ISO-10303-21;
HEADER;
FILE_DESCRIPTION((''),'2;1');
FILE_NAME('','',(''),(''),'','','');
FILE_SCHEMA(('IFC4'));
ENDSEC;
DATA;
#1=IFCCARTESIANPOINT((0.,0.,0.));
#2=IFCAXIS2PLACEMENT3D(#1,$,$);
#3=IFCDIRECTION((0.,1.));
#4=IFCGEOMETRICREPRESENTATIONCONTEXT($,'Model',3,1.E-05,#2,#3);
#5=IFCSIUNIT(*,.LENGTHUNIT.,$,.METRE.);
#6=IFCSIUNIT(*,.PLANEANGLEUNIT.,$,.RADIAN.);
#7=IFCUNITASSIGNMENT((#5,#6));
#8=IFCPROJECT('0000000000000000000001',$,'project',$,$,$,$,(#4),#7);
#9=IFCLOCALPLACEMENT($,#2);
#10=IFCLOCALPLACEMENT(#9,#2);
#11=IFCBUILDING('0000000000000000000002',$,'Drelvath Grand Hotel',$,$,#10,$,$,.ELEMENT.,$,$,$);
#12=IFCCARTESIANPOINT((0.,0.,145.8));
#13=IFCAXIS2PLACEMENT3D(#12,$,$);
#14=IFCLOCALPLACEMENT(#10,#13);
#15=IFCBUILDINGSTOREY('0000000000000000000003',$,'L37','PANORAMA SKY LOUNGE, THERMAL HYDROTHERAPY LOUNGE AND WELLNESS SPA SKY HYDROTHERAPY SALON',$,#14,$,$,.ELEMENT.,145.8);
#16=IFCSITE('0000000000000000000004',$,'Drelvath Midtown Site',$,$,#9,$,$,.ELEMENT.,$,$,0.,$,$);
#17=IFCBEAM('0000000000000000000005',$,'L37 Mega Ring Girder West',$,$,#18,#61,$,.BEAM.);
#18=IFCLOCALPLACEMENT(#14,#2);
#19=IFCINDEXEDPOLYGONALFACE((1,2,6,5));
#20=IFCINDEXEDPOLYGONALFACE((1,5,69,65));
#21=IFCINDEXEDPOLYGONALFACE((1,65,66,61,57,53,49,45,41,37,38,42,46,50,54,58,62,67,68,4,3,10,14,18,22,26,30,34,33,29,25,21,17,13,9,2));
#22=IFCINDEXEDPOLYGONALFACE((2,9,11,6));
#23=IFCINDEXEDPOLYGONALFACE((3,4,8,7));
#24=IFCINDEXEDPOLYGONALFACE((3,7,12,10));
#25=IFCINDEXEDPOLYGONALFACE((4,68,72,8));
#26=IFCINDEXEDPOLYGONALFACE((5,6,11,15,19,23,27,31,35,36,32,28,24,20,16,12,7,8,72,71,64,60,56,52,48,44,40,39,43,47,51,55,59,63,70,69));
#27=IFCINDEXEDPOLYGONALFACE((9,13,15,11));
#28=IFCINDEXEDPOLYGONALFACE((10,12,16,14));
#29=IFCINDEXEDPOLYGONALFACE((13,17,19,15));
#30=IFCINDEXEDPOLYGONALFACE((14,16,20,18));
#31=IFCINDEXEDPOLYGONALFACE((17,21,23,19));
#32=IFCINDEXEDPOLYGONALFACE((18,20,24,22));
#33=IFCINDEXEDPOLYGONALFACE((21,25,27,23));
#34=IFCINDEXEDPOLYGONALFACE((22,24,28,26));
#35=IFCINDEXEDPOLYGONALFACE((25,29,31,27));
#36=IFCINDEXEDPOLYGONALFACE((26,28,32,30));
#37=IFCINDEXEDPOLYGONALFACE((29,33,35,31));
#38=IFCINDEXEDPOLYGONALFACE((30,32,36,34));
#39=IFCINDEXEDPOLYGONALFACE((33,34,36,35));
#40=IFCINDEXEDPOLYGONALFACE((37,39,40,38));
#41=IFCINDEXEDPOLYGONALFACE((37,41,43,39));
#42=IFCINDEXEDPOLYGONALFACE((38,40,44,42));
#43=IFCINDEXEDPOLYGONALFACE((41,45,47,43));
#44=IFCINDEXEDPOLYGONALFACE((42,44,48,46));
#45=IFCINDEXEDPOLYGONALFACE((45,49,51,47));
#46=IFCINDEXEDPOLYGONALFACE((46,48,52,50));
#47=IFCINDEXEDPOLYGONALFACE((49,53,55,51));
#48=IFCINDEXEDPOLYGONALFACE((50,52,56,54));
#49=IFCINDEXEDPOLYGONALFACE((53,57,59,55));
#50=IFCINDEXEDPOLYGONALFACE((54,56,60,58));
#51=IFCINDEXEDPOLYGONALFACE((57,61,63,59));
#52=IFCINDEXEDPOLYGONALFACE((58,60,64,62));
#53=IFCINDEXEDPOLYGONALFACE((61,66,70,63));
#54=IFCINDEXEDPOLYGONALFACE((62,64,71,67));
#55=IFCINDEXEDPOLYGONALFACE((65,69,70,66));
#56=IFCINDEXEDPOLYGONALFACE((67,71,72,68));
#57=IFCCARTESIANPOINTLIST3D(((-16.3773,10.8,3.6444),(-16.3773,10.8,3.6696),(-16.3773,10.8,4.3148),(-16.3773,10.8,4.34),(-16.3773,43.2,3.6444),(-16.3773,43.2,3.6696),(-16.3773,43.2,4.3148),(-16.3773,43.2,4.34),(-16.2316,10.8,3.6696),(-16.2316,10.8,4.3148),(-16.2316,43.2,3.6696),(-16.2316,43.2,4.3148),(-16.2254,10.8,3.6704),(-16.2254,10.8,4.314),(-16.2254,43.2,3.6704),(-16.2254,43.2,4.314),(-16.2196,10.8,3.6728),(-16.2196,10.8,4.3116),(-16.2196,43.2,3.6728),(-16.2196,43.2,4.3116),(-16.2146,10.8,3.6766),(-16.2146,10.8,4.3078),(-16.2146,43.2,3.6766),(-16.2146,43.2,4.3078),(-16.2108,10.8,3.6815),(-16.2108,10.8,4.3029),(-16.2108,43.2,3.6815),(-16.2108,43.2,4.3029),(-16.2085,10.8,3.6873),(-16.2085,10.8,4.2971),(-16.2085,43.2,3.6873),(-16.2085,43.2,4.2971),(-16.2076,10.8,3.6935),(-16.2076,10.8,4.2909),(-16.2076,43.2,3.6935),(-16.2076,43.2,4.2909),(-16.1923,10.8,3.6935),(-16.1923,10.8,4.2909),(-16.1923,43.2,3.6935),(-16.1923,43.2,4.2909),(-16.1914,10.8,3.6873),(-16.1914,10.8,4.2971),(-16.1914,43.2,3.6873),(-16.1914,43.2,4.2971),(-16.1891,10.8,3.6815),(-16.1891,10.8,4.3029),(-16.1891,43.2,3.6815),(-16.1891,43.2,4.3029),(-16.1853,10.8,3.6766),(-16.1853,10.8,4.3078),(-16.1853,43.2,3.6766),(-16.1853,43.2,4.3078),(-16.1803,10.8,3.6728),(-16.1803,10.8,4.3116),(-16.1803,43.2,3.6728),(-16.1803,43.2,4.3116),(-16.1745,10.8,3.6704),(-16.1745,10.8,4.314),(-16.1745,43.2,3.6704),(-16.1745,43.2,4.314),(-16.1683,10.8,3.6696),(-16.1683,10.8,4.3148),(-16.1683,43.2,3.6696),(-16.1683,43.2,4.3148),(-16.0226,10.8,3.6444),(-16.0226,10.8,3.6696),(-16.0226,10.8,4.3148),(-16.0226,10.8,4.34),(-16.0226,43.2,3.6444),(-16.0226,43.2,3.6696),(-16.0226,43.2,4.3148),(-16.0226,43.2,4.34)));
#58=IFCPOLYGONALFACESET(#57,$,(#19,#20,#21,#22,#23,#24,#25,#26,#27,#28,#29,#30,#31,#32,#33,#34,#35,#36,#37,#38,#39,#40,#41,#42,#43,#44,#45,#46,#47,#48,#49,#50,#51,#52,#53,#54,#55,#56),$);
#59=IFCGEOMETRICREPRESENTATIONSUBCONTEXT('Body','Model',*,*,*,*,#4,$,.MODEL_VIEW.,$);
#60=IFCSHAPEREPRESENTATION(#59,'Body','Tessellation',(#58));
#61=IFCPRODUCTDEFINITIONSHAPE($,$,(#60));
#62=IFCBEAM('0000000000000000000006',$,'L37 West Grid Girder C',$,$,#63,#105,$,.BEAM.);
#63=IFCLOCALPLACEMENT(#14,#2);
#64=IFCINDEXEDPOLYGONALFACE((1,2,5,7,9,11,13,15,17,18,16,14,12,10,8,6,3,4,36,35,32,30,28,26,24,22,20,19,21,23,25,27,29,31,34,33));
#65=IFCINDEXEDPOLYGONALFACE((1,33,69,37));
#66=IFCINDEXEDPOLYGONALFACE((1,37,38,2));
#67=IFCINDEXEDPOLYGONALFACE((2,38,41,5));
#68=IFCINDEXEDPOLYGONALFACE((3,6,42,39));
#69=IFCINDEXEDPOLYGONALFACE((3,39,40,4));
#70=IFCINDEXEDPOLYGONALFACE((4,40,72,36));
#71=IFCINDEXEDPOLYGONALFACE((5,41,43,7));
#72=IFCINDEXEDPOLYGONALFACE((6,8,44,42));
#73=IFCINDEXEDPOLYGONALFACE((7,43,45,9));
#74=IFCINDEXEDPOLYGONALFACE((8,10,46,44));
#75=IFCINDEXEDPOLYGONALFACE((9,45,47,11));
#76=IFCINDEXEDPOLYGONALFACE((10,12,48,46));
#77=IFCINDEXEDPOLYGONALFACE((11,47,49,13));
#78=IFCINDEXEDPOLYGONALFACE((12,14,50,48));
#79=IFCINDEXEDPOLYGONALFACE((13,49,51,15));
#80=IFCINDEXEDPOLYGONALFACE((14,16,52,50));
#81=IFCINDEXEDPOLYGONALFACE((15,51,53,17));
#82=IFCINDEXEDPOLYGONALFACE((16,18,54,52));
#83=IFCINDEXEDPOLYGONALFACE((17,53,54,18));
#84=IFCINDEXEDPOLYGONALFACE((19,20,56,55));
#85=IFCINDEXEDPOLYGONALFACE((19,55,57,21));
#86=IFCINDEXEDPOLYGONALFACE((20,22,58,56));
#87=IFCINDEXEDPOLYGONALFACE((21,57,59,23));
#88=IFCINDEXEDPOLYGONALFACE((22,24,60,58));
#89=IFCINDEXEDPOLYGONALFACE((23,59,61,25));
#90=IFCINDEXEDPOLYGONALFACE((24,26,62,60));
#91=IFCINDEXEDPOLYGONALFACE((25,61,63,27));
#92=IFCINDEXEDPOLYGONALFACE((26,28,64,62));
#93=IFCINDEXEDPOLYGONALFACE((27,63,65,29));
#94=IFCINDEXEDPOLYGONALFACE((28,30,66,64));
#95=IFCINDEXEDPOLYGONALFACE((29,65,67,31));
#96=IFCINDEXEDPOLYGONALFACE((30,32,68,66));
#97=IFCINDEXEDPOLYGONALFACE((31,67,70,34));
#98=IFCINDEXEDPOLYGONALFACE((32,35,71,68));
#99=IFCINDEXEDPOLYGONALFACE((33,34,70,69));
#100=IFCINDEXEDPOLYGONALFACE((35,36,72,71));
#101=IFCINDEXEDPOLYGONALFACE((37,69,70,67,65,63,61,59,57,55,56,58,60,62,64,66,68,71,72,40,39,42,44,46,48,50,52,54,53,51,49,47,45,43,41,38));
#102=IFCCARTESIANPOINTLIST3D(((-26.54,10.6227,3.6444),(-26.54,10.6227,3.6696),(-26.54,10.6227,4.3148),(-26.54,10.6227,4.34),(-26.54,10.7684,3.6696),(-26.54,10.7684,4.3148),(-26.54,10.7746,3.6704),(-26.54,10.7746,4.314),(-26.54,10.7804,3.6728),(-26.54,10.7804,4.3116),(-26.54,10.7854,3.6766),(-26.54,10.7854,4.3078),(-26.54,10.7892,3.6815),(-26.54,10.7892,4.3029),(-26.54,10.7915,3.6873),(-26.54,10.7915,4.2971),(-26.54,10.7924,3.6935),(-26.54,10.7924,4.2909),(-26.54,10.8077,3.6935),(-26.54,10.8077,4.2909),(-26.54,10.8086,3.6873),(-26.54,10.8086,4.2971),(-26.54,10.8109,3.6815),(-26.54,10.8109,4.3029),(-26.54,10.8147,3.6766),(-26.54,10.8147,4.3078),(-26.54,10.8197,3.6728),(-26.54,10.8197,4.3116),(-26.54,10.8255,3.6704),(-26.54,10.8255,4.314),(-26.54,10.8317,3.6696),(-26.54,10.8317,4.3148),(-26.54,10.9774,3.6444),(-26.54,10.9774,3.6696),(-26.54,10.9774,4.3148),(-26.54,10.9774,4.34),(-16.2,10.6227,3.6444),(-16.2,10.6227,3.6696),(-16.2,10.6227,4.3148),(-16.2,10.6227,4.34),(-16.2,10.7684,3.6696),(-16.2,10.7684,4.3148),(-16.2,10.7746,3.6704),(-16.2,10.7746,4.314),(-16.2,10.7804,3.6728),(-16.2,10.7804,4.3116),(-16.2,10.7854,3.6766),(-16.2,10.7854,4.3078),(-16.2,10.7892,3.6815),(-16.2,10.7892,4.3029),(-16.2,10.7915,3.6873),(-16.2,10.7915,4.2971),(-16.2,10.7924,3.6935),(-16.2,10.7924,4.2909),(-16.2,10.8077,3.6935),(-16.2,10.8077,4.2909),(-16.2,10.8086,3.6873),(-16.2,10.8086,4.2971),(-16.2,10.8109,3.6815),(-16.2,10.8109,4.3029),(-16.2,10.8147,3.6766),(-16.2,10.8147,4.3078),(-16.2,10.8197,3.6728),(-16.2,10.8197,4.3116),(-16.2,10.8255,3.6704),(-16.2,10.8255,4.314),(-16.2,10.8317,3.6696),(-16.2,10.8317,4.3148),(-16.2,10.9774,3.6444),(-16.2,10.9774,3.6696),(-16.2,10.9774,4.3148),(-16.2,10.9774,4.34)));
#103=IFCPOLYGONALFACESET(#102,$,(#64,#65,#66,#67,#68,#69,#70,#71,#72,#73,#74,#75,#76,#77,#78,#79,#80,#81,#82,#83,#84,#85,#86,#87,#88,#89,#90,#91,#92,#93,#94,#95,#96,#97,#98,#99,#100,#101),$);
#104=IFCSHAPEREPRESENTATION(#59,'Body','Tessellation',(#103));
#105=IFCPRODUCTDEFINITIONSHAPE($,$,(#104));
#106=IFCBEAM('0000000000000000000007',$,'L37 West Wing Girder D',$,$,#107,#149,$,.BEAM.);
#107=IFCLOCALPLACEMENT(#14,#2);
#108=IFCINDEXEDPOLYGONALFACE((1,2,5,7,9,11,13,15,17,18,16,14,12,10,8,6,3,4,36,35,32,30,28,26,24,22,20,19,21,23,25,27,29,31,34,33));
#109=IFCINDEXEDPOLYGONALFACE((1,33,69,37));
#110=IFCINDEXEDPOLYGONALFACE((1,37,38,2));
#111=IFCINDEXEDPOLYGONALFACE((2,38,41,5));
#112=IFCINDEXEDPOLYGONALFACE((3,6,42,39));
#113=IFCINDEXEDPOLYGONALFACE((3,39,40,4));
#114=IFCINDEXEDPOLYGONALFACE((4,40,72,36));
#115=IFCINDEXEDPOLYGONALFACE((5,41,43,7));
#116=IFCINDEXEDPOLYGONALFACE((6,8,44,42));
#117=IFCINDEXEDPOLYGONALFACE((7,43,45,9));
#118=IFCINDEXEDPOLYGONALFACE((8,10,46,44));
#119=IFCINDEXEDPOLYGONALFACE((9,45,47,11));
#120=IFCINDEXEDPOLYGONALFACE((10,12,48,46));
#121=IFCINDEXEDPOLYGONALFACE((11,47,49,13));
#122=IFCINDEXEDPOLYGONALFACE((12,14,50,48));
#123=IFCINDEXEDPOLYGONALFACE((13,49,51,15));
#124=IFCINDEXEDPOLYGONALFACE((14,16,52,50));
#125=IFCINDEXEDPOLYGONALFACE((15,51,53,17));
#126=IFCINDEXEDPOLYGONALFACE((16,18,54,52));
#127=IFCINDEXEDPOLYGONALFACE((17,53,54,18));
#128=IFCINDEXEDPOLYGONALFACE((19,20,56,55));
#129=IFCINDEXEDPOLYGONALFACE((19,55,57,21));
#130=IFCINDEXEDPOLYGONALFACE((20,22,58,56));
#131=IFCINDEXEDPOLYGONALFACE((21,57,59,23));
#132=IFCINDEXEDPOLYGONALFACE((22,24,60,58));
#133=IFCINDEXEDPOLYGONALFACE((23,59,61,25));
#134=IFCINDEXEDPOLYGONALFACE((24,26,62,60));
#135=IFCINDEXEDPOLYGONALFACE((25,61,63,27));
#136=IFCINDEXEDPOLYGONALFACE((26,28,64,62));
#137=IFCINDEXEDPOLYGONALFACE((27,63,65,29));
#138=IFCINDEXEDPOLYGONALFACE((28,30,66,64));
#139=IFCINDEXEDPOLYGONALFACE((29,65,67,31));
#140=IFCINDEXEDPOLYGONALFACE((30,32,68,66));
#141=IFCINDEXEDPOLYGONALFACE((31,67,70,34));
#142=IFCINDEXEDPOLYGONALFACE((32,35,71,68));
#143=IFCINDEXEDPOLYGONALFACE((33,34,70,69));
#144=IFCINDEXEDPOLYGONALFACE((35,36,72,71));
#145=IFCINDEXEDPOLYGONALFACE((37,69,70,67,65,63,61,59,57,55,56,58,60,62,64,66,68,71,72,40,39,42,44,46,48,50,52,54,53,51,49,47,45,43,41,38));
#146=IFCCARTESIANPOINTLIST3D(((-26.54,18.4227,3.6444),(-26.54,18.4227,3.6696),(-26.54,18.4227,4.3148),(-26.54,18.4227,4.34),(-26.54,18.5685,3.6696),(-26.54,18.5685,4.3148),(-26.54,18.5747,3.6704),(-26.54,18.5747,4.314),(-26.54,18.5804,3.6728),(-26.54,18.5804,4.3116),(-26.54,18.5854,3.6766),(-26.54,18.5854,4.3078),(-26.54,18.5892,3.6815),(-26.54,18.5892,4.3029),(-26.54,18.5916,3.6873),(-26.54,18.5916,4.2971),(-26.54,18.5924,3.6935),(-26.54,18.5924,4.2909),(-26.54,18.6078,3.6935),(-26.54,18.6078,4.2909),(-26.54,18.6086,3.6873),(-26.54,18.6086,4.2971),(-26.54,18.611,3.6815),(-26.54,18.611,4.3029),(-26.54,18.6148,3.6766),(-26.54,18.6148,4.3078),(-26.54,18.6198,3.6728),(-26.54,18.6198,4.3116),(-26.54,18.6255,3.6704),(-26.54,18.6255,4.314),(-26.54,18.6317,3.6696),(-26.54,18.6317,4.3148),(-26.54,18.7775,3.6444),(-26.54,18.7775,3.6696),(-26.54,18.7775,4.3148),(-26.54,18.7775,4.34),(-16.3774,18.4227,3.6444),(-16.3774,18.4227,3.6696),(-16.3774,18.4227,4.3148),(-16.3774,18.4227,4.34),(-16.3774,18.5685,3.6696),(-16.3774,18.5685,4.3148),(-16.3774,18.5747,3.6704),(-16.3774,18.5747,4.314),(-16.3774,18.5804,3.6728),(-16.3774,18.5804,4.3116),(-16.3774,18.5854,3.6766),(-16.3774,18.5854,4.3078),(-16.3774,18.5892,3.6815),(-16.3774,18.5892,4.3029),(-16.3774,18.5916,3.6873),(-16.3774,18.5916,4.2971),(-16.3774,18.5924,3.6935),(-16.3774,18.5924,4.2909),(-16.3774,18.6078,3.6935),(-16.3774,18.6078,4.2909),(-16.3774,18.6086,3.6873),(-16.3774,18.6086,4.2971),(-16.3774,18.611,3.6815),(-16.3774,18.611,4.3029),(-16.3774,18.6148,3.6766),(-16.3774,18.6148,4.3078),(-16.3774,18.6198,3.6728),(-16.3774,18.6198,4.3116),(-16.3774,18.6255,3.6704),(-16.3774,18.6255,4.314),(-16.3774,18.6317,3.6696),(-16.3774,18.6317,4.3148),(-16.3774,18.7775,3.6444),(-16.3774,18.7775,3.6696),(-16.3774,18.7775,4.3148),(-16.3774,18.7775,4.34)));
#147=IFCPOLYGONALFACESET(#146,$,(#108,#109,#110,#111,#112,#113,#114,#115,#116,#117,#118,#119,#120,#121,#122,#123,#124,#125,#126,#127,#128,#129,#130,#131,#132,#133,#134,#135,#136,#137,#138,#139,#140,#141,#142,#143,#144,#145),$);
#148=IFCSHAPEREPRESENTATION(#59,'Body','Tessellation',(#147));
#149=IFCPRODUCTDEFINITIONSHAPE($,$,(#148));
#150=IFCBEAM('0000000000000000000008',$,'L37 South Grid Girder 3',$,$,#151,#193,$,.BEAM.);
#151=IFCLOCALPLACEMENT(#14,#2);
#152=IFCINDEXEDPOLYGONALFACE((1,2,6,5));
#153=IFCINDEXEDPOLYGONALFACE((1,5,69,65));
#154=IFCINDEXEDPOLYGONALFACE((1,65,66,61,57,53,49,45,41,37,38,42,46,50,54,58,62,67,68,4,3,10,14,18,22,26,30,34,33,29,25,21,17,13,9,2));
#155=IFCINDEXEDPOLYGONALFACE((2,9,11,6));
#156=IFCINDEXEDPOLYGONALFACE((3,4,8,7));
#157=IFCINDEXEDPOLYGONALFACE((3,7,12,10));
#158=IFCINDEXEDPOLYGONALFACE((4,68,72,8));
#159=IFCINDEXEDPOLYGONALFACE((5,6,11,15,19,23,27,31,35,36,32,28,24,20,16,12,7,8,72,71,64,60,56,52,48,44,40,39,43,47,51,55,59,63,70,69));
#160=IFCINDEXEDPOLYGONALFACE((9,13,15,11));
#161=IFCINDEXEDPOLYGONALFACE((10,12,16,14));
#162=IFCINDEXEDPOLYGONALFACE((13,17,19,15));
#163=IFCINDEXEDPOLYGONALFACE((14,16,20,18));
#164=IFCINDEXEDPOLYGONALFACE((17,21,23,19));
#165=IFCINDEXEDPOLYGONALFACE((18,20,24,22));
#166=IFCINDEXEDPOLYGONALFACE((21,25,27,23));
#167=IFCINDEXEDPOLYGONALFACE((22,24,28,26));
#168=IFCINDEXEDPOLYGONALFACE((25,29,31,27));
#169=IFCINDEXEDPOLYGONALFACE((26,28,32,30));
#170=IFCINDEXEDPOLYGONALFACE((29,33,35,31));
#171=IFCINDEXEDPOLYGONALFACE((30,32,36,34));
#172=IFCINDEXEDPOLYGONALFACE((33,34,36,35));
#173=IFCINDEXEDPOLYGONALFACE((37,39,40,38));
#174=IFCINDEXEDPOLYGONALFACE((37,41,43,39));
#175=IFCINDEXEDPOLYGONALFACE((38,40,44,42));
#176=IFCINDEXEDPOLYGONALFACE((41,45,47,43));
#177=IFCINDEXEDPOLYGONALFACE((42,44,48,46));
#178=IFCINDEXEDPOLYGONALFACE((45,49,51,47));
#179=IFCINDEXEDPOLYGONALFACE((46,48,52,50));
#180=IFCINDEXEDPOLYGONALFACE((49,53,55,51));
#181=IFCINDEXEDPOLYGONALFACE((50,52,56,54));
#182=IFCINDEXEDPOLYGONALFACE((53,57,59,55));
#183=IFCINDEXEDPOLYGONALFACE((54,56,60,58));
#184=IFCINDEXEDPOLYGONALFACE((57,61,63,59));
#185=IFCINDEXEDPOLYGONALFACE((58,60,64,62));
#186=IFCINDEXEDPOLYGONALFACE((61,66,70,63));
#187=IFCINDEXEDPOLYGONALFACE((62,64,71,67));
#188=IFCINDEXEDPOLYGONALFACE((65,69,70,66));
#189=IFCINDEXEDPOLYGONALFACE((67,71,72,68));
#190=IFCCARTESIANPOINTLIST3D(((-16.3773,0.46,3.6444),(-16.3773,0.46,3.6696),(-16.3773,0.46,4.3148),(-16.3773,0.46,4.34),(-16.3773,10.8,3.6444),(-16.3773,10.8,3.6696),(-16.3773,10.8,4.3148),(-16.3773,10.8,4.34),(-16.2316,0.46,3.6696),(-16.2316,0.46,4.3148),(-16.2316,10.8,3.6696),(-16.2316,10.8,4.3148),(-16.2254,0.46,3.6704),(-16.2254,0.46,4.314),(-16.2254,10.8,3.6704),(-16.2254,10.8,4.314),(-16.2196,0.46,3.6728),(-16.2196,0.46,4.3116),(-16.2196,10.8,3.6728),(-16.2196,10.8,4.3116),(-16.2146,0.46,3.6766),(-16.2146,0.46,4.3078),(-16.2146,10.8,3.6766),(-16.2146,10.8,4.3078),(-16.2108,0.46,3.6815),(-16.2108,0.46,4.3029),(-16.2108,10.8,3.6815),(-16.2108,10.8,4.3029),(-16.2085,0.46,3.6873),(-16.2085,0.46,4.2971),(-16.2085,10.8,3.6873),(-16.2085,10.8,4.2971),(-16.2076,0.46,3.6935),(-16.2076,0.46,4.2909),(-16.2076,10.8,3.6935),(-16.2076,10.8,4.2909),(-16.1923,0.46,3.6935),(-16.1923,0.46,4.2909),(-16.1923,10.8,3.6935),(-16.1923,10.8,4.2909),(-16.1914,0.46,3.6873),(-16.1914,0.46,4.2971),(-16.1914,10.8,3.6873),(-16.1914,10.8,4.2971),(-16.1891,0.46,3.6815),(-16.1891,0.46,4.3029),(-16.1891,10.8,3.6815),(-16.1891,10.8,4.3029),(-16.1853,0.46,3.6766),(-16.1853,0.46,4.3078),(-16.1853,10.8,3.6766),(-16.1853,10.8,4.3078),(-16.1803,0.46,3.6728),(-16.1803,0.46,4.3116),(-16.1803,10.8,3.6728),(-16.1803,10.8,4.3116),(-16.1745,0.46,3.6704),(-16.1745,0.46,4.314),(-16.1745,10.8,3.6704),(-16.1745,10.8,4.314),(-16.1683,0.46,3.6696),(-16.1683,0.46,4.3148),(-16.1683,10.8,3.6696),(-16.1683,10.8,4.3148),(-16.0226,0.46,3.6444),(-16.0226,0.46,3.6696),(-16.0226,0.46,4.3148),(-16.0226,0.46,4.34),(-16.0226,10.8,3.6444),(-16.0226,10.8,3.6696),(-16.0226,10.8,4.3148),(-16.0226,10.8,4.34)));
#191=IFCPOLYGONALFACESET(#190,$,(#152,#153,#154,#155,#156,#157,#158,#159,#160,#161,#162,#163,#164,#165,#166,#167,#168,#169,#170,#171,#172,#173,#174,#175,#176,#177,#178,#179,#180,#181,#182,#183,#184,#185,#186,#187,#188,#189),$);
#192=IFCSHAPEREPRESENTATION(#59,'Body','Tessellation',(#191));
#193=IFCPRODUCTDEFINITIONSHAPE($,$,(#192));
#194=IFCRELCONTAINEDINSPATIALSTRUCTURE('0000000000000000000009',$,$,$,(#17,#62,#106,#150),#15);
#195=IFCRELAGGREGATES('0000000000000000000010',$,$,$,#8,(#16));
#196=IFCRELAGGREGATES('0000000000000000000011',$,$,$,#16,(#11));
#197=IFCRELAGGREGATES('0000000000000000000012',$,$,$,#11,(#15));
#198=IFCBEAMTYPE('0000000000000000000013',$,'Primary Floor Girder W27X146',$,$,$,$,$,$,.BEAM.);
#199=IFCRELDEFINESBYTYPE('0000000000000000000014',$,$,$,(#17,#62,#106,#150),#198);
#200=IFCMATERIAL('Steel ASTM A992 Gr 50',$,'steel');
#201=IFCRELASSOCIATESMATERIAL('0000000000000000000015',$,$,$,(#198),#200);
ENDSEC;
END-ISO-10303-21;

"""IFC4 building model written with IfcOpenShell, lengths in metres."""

from ifc_helpers import new_model, si_unit, direction, frame, origin, origin_2d, place, context, subcontext, project, spatial, i_section, extrude, material, material_profile, profile_set, type_object, element, save


model = new_model("IFC4")

# Units and contexts
model_context = context("Model", 3, precision=1e-05, world=origin(), true_north=direction((0.0, 1.0)))
body_context = subcontext(model_context, "Body", "Model", "MODEL_VIEW")
ifc_project = project(units=[si_unit("LENGTHUNIT", "METRE"), si_unit("PLANEANGLEUNIT", "RADIAN")], contexts=[model_context])

# Site, building, storey
site_placement = place(None, origin())
site = spatial("IfcSite", under=ifc_project, at=site_placement, Name="Drelvath Midtown Site", CompositionType="ELEMENT", RefElevation=0.0)
building_placement = place(site_placement, origin())
building = spatial("IfcBuilding", under=site, at=building_placement, Name="Drelvath Grand Hotel", CompositionType="ELEMENT")
storey_placement = place(building_placement, frame((0.0, 0.0, 145.8)))
storey = spatial("IfcBuildingStorey", under=building, at=storey_placement, Name="L37", Description="PANORAMA SKY LOUNGE, THERMAL HYDROTHERAPY LOUNGE AND WELLNESS SPA SKY HYDROTHERAPY SALON", CompositionType="ELEMENT", Elevation=145.8)

# Beams
ifc_material_1 = material(Name="Steel ASTM A992 Gr 50", Category="steel")
ifc_material_profile_1 = material_profile(ifc_material_1, i_section(OverallWidth=0.3547, OverallDepth=0.6956, WebThickness=0.0154, FlangeThickness=0.0251, FilletRadius=0.0239, at=origin_2d()), Name="W27X146")
ifc_profile_set_1 = profile_set([ifc_material_profile_1], Name="Steel ASTM A992 Gr 50")
beam_type_1 = type_object("IfcBeamType", Name="Primary Floor Girder W27X146", PredefinedType="BEAM", material=ifc_profile_set_1)
for number, where, z_axis, x_axis, name in (
    (1, (-16.2, 10.8, 3.9922), (0.0, 1.0, 0.0), (-1.0, 0.0, 0.0), "L37 Mega Ring Girder West"),
):
    element("IfcBeam", number, at=place(storey_placement, frame(where, z_axis=z_axis, x_axis=x_axis)), inside=storey, type_object=beam_type_1, Name=name, PredefinedType="BEAM", context=body_context, shape_type="SweptSolid", body=[
        extrude(i_section(OverallWidth=0.3547, OverallDepth=0.6956, WebThickness=0.0154, FlangeThickness=0.0251, FilletRadius=0.0239, at=origin_2d()), origin(), (0.0, 0.0, 1.0), 32.3999),
    ])
beam_1_placement = place(storey_placement, frame((-26.54, 10.8, 3.9922), z_axis=(1.0, 0.0, 0.0), x_axis=(0.0, 1.0, 0.0)))
element("IfcBeam", 2, at=beam_1_placement, inside=storey, type_object=beam_type_1, Name="L37 West Grid Girder C", PredefinedType="BEAM", context=body_context, shape_type="SweptSolid", body=[
    extrude(i_section(OverallWidth=0.3547, OverallDepth=0.6956, WebThickness=0.0154, FlangeThickness=0.0251, FilletRadius=0.0239, at=origin_2d()), origin(), (0.0, 0.0, 1.0), 10.3401),
])
beam_2_placement = place(storey_placement, frame((-26.54, 18.6001, 3.9922), z_axis=(1.0, 0.0, 0.0), x_axis=(0.0, 1.0, 0.0)))
element("IfcBeam", 3, at=beam_2_placement, inside=storey, type_object=beam_type_1, Name="L37 West Wing Girder D", PredefinedType="BEAM", context=body_context, shape_type="SweptSolid", body=[
    extrude(i_section(OverallWidth=0.3547, OverallDepth=0.6956, WebThickness=0.0154, FlangeThickness=0.0251, FilletRadius=0.0239, at=origin_2d()), origin(), (0.0, 0.0, 1.0), 10.1626),
])
beam_3_placement = place(storey_placement, frame((-16.2, 0.46, 3.9922), z_axis=(0.0, 1.0, 0.0), x_axis=(-1.0, 0.0, 0.0)))
element("IfcBeam", 4, at=beam_3_placement, inside=storey, type_object=beam_type_1, Name="L37 South Grid Girder 3", PredefinedType="BEAM", context=body_context, shape_type="SweptSolid", body=[
    extrude(i_section(OverallWidth=0.3547, OverallDepth=0.6956, WebThickness=0.0154, FlangeThickness=0.0251, FilletRadius=0.0239, at=origin_2d()), origin(), (0.0, 0.0, 1.0), 10.3401),
])

save(model, "model.ifc")
